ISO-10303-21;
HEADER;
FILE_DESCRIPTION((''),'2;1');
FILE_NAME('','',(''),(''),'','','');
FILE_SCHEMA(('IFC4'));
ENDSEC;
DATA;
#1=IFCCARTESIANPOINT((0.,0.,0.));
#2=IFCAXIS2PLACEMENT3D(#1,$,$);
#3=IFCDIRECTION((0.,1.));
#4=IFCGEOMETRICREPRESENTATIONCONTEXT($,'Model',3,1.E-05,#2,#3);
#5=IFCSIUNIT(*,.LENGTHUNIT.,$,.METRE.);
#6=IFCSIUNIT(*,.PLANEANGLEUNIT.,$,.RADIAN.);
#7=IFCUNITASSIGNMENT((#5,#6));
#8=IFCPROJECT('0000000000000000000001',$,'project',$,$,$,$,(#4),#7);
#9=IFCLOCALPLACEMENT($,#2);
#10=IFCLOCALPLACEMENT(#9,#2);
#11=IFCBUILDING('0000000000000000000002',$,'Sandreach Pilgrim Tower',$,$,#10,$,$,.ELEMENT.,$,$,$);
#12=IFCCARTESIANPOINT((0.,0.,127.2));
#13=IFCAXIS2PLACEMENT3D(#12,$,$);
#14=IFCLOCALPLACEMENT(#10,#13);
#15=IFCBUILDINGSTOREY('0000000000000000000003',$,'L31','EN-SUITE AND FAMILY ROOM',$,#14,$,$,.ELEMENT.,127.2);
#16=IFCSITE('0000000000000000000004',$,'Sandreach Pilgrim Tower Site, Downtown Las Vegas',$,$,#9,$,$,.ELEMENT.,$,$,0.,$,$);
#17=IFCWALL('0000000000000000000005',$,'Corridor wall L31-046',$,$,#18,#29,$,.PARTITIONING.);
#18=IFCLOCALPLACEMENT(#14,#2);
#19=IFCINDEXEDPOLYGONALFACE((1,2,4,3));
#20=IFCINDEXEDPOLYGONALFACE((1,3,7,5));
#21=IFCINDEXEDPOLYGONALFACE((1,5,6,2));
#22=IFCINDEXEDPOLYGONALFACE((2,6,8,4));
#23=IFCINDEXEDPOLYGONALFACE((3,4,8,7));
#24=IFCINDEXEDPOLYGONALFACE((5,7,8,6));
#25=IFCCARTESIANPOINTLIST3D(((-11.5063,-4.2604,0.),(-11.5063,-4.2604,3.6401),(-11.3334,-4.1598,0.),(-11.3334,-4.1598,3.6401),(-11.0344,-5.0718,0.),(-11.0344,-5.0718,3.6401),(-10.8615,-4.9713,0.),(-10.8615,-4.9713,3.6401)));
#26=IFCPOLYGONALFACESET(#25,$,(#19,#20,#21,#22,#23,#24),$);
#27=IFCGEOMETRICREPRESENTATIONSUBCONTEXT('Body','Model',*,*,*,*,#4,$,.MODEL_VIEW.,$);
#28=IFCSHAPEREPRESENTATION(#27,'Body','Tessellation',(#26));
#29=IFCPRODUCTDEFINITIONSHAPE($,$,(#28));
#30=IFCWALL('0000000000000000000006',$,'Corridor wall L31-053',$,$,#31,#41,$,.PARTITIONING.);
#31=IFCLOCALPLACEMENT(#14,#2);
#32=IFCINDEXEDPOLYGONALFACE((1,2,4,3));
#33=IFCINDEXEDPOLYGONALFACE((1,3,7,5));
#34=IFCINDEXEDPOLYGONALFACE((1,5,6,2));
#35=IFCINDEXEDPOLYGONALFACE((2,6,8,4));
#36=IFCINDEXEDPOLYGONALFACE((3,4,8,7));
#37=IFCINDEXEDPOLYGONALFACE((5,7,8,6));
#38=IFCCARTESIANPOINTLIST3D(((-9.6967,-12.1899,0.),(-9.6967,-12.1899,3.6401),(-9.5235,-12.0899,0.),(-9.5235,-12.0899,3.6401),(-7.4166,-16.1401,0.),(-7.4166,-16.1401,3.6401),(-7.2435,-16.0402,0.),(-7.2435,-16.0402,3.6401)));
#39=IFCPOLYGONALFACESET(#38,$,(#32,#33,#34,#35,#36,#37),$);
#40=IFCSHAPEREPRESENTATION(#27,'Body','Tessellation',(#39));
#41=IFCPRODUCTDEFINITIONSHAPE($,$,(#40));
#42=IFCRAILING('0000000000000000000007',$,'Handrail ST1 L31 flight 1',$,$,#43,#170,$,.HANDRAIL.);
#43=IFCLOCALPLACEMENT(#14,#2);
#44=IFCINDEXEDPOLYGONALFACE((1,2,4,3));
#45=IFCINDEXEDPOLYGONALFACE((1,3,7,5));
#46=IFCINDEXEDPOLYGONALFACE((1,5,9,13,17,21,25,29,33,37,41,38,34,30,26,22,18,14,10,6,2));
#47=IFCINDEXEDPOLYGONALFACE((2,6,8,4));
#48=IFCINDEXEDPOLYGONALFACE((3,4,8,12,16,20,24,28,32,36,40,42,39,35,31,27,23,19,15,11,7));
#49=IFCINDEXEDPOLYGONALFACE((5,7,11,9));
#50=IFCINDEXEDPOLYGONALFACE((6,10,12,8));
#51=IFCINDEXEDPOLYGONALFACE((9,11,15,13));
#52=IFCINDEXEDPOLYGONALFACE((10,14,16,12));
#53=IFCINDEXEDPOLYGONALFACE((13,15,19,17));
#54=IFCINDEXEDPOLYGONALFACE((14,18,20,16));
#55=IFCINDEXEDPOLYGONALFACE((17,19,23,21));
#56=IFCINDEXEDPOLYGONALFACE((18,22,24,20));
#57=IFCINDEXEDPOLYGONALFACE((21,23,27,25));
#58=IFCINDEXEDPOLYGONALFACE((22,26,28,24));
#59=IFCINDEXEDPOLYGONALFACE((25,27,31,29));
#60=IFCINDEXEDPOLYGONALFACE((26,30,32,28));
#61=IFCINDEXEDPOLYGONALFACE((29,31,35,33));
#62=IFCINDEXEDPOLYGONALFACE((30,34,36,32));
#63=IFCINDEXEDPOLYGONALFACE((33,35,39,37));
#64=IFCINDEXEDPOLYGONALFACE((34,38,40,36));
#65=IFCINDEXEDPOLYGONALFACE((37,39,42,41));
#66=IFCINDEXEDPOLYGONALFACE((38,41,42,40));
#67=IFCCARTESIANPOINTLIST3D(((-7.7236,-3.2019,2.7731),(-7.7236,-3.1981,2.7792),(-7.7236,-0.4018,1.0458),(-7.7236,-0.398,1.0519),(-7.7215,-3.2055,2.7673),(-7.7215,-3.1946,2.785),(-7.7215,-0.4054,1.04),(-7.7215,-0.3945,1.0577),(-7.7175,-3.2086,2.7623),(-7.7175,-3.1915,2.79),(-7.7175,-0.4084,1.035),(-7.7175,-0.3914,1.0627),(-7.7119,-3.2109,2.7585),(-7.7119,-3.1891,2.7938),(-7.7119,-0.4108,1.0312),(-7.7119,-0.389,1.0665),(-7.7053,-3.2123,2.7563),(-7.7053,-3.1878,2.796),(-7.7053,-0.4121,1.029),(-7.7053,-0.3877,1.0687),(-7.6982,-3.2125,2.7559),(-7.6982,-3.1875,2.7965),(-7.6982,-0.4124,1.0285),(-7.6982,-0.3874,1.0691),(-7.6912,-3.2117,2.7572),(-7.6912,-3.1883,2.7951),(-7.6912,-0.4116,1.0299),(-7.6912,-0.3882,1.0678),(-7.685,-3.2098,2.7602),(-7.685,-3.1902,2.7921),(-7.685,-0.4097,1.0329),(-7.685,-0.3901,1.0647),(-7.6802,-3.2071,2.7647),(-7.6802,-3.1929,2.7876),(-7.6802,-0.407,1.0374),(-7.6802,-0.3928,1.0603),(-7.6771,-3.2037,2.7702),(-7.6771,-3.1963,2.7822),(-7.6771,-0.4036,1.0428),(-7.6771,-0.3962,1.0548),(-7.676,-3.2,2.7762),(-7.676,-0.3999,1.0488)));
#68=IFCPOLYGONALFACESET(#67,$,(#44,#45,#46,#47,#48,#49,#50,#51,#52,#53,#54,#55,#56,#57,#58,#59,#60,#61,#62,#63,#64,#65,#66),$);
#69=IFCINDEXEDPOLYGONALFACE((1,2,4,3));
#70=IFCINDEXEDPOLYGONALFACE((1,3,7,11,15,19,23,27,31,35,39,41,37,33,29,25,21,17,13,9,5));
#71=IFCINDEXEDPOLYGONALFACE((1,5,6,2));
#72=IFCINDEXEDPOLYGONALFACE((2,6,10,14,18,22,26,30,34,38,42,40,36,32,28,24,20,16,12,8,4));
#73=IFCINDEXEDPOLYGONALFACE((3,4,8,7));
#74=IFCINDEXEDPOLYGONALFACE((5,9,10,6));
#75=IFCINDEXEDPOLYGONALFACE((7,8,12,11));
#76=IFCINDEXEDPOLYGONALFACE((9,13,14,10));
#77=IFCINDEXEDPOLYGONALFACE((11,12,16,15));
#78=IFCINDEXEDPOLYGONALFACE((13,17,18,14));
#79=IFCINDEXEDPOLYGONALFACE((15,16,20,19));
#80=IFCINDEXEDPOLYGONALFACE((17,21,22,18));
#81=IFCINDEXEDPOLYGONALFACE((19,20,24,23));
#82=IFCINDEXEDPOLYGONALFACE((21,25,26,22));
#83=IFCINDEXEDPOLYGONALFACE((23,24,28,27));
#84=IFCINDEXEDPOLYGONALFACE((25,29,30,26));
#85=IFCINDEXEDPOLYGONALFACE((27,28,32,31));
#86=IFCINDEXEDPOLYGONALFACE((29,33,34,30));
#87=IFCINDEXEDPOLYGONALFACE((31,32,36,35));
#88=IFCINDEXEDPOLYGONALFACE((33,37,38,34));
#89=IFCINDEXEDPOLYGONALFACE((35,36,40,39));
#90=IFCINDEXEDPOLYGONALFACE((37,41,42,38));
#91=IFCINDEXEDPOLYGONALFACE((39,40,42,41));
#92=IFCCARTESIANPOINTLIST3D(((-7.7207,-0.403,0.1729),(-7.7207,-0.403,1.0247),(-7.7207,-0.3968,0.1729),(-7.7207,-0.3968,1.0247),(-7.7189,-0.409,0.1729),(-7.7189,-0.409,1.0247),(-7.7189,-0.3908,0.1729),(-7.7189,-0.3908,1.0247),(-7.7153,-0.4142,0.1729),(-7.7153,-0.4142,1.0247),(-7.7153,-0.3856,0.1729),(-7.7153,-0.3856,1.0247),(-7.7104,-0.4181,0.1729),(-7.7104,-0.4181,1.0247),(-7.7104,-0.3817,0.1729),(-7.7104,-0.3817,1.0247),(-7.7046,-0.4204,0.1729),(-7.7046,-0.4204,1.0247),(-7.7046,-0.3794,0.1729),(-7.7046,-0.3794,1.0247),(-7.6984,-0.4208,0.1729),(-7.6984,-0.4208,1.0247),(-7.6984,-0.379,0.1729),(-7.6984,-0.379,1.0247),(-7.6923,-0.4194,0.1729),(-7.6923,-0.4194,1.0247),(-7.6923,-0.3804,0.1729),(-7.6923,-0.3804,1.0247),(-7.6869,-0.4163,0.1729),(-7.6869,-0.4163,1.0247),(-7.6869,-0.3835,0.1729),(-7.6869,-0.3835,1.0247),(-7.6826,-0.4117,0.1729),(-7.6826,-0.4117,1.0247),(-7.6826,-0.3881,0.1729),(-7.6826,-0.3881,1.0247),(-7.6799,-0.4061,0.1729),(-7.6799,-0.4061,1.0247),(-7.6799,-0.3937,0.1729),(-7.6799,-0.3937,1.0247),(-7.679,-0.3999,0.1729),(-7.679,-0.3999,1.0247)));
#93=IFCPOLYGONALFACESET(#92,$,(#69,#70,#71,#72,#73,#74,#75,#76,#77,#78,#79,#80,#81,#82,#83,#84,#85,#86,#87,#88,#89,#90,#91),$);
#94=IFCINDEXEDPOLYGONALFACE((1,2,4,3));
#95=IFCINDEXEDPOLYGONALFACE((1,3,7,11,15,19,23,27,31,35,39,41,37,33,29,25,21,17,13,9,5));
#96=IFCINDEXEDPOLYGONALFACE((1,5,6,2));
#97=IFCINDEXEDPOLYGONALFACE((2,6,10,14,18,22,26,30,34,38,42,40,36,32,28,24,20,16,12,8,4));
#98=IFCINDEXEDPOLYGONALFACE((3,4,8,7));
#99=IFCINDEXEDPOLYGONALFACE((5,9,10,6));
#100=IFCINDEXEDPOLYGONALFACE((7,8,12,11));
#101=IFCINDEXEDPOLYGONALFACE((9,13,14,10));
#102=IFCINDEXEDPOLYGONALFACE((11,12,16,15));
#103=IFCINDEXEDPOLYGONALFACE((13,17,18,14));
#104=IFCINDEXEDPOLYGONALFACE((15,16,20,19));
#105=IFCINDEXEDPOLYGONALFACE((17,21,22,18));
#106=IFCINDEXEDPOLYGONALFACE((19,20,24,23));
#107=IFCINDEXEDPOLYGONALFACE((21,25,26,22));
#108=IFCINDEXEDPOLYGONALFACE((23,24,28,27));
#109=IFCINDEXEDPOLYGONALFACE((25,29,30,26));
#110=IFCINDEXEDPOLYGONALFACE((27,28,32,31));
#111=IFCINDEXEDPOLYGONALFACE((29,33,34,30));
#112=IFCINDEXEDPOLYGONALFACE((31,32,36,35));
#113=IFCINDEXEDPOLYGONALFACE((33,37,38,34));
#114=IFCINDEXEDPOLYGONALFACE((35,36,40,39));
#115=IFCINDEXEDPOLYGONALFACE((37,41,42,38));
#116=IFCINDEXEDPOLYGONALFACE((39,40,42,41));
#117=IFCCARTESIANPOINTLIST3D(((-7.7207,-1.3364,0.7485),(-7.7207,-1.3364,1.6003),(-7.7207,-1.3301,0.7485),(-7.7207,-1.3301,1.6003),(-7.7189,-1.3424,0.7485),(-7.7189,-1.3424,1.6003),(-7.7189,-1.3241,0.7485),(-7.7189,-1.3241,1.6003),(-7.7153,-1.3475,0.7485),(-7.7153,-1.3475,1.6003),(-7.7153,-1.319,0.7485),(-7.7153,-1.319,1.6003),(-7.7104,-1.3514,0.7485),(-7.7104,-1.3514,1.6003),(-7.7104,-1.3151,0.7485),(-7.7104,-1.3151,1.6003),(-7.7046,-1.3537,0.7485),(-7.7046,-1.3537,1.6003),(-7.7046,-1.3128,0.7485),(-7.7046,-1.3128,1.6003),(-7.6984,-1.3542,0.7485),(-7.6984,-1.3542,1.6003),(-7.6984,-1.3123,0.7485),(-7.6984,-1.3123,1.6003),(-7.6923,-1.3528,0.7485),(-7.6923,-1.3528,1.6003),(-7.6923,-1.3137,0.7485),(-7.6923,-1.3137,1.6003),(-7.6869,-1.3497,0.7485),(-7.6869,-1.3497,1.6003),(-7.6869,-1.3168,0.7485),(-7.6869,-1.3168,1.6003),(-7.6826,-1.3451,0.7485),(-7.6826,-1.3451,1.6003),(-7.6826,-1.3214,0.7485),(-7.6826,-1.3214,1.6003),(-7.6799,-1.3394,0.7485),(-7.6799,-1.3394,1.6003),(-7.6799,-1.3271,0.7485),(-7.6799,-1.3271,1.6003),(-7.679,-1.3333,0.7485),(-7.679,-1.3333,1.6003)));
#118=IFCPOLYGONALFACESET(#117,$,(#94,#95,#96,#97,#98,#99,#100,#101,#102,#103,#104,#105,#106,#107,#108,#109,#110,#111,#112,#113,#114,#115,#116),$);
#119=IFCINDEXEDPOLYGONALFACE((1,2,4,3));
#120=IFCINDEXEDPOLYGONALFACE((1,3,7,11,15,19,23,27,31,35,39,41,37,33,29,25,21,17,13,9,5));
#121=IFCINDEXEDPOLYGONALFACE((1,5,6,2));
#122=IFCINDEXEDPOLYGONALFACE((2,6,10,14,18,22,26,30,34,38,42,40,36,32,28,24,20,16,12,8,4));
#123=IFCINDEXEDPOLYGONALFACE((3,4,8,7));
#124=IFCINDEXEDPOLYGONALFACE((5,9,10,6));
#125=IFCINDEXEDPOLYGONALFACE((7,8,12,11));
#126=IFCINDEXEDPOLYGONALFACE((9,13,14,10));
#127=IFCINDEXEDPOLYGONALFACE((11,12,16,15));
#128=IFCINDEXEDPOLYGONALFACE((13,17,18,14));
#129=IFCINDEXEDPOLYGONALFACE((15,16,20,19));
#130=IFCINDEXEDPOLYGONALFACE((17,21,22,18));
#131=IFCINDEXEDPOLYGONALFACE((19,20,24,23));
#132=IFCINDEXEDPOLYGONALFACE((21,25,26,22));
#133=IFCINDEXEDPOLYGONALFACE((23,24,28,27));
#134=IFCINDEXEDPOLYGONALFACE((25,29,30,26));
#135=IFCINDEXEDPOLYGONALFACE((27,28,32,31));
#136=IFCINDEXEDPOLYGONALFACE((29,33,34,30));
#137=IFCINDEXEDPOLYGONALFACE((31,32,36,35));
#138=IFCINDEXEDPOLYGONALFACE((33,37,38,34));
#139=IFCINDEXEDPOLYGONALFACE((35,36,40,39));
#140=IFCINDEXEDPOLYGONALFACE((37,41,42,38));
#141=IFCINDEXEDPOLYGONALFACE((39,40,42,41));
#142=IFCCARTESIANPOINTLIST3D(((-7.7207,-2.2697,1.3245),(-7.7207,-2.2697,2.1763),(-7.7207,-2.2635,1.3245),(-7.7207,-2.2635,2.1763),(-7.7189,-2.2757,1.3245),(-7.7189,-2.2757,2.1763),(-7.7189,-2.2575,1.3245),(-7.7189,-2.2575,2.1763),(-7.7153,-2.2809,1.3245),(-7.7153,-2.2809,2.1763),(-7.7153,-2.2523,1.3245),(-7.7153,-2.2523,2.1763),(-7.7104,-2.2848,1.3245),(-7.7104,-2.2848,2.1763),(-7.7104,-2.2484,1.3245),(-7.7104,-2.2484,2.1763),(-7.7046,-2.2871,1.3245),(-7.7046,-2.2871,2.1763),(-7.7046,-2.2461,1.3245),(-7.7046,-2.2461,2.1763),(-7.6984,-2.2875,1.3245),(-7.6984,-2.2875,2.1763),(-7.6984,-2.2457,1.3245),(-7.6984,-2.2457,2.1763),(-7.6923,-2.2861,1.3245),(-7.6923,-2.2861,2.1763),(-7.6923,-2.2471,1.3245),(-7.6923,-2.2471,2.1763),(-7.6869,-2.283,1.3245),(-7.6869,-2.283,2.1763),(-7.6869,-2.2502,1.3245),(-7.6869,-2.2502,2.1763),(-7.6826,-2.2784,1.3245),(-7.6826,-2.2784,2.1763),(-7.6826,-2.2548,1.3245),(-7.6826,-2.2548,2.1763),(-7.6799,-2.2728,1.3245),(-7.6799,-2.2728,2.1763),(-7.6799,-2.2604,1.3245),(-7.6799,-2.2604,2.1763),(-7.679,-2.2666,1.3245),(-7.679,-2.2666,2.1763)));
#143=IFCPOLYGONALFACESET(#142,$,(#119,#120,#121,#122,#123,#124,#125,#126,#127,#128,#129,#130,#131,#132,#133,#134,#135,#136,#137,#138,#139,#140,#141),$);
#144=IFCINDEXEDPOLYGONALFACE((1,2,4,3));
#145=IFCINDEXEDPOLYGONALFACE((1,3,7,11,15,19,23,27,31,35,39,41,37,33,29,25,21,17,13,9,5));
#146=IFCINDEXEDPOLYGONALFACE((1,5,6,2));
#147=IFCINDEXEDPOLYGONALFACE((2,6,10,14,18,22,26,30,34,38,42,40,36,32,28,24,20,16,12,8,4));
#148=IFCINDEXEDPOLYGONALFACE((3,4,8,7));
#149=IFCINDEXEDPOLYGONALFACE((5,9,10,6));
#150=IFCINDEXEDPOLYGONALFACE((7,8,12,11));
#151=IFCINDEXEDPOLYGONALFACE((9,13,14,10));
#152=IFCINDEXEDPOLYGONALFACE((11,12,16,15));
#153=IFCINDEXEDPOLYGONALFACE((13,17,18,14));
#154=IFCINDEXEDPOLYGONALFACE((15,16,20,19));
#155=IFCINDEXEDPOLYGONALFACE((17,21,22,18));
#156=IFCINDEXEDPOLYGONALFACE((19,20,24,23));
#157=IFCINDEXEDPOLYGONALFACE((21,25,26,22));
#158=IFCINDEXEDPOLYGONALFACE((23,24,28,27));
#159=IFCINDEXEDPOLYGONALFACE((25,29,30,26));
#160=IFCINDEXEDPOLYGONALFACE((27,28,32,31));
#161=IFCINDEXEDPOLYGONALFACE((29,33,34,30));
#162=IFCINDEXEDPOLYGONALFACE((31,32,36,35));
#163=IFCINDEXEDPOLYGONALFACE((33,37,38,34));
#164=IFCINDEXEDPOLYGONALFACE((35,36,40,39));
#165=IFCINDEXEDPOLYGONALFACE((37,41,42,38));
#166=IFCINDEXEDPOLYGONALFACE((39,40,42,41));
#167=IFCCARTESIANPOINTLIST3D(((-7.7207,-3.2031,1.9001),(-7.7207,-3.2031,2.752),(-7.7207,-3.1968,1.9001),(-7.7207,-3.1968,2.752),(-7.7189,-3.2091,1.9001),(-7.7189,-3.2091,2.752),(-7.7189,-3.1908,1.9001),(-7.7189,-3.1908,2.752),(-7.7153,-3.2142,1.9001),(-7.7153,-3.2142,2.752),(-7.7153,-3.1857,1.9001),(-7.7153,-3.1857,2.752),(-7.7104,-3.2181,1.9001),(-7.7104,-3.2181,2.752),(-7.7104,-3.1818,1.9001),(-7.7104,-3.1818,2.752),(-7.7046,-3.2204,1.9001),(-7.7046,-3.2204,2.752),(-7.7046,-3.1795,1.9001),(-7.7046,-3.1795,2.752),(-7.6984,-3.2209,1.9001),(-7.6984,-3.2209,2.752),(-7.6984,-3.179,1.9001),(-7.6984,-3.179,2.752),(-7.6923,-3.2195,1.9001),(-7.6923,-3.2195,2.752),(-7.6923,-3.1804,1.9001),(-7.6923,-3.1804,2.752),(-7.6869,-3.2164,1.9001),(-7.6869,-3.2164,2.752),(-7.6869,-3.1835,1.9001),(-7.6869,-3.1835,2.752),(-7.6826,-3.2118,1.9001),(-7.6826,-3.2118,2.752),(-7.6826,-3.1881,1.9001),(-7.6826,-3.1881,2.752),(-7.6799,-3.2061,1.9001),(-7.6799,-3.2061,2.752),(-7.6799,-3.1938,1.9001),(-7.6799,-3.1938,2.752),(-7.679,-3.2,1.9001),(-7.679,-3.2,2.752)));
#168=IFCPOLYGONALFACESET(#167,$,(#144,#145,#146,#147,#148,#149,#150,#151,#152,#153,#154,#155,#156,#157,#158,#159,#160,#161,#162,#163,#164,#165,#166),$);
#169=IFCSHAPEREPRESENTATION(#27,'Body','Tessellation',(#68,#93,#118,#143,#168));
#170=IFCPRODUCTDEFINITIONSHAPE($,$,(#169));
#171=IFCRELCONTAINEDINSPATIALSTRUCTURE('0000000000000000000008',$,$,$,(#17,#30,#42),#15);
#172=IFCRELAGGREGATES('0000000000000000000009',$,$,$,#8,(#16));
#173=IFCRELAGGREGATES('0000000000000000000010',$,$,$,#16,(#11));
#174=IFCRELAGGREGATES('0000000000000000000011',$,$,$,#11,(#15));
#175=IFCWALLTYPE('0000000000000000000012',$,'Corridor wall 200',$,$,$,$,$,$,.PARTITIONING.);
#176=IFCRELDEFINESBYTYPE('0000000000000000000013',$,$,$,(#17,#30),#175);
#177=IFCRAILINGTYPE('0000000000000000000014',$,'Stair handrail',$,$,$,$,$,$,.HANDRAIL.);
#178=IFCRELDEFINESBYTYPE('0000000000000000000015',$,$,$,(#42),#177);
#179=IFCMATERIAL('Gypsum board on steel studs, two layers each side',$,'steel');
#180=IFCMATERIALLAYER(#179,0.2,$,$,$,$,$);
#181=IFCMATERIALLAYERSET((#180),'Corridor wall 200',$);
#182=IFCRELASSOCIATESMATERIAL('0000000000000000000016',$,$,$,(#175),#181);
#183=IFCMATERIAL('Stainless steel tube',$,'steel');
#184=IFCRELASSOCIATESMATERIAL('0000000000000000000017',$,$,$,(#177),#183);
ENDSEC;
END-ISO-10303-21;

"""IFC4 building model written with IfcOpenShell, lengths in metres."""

from ifc_helpers import new_model, si_unit, direction, frame, frame_2d, origin, origin_2d, place, context, subcontext, project, spatial, rectangle, circle, extrude, material, layer, layer_set, type_object, element, save


model = new_model("IFC4")

# Units and contexts
model_context = context("Model", 3, precision=1e-05, world=origin(), true_north=direction((0.0, 1.0)))
body_context = subcontext(model_context, "Body", "Model", "MODEL_VIEW")
ifc_project = project(units=[si_unit("LENGTHUNIT", "METRE"), si_unit("PLANEANGLEUNIT", "RADIAN")], contexts=[model_context])

# Site, building, storey
site_placement = place(None, origin())
site = spatial("IfcSite", under=ifc_project, at=site_placement, Name="Sandreach Pilgrim Tower Site, Downtown Las Vegas", CompositionType="ELEMENT", RefElevation=0.0)
building_placement = place(site_placement, origin())
building = spatial("IfcBuilding", under=site, at=building_placement, Name="Sandreach Pilgrim Tower", CompositionType="ELEMENT")
storey_placement = place(building_placement, frame((0.0, 0.0, 127.2)))
storey = spatial("IfcBuildingStorey", under=building, at=storey_placement, Name="L31", Description="EN-SUITE AND FAMILY ROOM", CompositionType="ELEMENT", Elevation=127.2)

# Shared definitions
ifc_material_1 = material(Name="Gypsum board on steel studs, two layers each side", Category="steel")
ifc_layer_1 = layer(ifc_material_1, 0.2)
ifc_layer_set_1 = layer_set([ifc_layer_1], Name="Corridor wall 200")
wall_type_1 = type_object("IfcWallType", Name="Corridor wall 200", PredefinedType="PARTITIONING", material=ifc_layer_set_1)

# Walls
wall_1_placement = place(storey_placement, frame((-10.948, -5.0215, 0.0), z_axis=(0.0, 0.0, 1.0), x_axis=(-0.502706, 0.864457, 0.0)))
element("IfcWall", 1, at=wall_1_placement, inside=storey, type_object=wall_type_1, Name="Corridor wall L31-046", PredefinedType="PARTITIONING", context=body_context, shape_type="SweptSolid", body=[
    extrude(rectangle(XDim=0.9387, YDim=0.2, at=frame_2d((0.4692, 0.0))), origin(), (0.0, 0.0, 1.0), 3.6401),
])
wall_2_placement = place(storey_placement, frame((-9.6101, -12.1399, 0.0), z_axis=(0.0, 0.0, 1.0), x_axis=(0.499899, -0.866084, 0.0)))
element("IfcWall", 2, at=wall_2_placement, inside=storey, type_object=wall_type_1, Name="Corridor wall L31-053", PredefinedType="PARTITIONING", context=body_context, shape_type="SweptSolid", body=[
    extrude(rectangle(XDim=4.561, YDim=0.2, at=frame_2d((2.2805, 0.0))), origin(), (0.0, 0.0, 1.0), 3.6401),
])

# Railing
ifc_material_2 = material(Name="Stainless steel tube", Category="steel")
railing_type = type_object("IfcRailingType", Name="Stair handrail", PredefinedType="HANDRAIL", material=ifc_material_2)
railing_placement = place(storey_placement, frame((-7.7, -0.3999, 0.1729)))
element("IfcRailing", 3, at=railing_placement, inside=storey, type_object=railing_type, Name="Handrail ST1 L31 flight 1", PredefinedType="HANDRAIL", context=body_context, shape_type="SweptSolid", body=[
    extrude(circle(Radius=0.0239, at=origin_2d()), frame((0.0, 0.0, 0.876), z_axis=(0.0, -0.85109, 0.52502), x_axis=(1.0, 0.0, 0.0)), (0.0, 0.0, 1.0), 3.29),
    extrude(circle(Radius=0.021, at=origin_2d()), origin(), (0.0, 0.0, 1.0), 0.8518),
    extrude(circle(Radius=0.021, at=origin_2d()), frame((0.0, -0.9333, 0.5757)), (0.0, 0.0, 1.0), 0.8518),
    extrude(circle(Radius=0.021, at=origin_2d()), frame((0.0, -1.8667, 1.1516)), (0.0, 0.0, 1.0), 0.8518),
    extrude(circle(Radius=0.021, at=origin_2d()), frame((0.0, -2.8, 1.7273)), (0.0, 0.0, 1.0), 0.8518),
])

save(model, "model.ifc")
